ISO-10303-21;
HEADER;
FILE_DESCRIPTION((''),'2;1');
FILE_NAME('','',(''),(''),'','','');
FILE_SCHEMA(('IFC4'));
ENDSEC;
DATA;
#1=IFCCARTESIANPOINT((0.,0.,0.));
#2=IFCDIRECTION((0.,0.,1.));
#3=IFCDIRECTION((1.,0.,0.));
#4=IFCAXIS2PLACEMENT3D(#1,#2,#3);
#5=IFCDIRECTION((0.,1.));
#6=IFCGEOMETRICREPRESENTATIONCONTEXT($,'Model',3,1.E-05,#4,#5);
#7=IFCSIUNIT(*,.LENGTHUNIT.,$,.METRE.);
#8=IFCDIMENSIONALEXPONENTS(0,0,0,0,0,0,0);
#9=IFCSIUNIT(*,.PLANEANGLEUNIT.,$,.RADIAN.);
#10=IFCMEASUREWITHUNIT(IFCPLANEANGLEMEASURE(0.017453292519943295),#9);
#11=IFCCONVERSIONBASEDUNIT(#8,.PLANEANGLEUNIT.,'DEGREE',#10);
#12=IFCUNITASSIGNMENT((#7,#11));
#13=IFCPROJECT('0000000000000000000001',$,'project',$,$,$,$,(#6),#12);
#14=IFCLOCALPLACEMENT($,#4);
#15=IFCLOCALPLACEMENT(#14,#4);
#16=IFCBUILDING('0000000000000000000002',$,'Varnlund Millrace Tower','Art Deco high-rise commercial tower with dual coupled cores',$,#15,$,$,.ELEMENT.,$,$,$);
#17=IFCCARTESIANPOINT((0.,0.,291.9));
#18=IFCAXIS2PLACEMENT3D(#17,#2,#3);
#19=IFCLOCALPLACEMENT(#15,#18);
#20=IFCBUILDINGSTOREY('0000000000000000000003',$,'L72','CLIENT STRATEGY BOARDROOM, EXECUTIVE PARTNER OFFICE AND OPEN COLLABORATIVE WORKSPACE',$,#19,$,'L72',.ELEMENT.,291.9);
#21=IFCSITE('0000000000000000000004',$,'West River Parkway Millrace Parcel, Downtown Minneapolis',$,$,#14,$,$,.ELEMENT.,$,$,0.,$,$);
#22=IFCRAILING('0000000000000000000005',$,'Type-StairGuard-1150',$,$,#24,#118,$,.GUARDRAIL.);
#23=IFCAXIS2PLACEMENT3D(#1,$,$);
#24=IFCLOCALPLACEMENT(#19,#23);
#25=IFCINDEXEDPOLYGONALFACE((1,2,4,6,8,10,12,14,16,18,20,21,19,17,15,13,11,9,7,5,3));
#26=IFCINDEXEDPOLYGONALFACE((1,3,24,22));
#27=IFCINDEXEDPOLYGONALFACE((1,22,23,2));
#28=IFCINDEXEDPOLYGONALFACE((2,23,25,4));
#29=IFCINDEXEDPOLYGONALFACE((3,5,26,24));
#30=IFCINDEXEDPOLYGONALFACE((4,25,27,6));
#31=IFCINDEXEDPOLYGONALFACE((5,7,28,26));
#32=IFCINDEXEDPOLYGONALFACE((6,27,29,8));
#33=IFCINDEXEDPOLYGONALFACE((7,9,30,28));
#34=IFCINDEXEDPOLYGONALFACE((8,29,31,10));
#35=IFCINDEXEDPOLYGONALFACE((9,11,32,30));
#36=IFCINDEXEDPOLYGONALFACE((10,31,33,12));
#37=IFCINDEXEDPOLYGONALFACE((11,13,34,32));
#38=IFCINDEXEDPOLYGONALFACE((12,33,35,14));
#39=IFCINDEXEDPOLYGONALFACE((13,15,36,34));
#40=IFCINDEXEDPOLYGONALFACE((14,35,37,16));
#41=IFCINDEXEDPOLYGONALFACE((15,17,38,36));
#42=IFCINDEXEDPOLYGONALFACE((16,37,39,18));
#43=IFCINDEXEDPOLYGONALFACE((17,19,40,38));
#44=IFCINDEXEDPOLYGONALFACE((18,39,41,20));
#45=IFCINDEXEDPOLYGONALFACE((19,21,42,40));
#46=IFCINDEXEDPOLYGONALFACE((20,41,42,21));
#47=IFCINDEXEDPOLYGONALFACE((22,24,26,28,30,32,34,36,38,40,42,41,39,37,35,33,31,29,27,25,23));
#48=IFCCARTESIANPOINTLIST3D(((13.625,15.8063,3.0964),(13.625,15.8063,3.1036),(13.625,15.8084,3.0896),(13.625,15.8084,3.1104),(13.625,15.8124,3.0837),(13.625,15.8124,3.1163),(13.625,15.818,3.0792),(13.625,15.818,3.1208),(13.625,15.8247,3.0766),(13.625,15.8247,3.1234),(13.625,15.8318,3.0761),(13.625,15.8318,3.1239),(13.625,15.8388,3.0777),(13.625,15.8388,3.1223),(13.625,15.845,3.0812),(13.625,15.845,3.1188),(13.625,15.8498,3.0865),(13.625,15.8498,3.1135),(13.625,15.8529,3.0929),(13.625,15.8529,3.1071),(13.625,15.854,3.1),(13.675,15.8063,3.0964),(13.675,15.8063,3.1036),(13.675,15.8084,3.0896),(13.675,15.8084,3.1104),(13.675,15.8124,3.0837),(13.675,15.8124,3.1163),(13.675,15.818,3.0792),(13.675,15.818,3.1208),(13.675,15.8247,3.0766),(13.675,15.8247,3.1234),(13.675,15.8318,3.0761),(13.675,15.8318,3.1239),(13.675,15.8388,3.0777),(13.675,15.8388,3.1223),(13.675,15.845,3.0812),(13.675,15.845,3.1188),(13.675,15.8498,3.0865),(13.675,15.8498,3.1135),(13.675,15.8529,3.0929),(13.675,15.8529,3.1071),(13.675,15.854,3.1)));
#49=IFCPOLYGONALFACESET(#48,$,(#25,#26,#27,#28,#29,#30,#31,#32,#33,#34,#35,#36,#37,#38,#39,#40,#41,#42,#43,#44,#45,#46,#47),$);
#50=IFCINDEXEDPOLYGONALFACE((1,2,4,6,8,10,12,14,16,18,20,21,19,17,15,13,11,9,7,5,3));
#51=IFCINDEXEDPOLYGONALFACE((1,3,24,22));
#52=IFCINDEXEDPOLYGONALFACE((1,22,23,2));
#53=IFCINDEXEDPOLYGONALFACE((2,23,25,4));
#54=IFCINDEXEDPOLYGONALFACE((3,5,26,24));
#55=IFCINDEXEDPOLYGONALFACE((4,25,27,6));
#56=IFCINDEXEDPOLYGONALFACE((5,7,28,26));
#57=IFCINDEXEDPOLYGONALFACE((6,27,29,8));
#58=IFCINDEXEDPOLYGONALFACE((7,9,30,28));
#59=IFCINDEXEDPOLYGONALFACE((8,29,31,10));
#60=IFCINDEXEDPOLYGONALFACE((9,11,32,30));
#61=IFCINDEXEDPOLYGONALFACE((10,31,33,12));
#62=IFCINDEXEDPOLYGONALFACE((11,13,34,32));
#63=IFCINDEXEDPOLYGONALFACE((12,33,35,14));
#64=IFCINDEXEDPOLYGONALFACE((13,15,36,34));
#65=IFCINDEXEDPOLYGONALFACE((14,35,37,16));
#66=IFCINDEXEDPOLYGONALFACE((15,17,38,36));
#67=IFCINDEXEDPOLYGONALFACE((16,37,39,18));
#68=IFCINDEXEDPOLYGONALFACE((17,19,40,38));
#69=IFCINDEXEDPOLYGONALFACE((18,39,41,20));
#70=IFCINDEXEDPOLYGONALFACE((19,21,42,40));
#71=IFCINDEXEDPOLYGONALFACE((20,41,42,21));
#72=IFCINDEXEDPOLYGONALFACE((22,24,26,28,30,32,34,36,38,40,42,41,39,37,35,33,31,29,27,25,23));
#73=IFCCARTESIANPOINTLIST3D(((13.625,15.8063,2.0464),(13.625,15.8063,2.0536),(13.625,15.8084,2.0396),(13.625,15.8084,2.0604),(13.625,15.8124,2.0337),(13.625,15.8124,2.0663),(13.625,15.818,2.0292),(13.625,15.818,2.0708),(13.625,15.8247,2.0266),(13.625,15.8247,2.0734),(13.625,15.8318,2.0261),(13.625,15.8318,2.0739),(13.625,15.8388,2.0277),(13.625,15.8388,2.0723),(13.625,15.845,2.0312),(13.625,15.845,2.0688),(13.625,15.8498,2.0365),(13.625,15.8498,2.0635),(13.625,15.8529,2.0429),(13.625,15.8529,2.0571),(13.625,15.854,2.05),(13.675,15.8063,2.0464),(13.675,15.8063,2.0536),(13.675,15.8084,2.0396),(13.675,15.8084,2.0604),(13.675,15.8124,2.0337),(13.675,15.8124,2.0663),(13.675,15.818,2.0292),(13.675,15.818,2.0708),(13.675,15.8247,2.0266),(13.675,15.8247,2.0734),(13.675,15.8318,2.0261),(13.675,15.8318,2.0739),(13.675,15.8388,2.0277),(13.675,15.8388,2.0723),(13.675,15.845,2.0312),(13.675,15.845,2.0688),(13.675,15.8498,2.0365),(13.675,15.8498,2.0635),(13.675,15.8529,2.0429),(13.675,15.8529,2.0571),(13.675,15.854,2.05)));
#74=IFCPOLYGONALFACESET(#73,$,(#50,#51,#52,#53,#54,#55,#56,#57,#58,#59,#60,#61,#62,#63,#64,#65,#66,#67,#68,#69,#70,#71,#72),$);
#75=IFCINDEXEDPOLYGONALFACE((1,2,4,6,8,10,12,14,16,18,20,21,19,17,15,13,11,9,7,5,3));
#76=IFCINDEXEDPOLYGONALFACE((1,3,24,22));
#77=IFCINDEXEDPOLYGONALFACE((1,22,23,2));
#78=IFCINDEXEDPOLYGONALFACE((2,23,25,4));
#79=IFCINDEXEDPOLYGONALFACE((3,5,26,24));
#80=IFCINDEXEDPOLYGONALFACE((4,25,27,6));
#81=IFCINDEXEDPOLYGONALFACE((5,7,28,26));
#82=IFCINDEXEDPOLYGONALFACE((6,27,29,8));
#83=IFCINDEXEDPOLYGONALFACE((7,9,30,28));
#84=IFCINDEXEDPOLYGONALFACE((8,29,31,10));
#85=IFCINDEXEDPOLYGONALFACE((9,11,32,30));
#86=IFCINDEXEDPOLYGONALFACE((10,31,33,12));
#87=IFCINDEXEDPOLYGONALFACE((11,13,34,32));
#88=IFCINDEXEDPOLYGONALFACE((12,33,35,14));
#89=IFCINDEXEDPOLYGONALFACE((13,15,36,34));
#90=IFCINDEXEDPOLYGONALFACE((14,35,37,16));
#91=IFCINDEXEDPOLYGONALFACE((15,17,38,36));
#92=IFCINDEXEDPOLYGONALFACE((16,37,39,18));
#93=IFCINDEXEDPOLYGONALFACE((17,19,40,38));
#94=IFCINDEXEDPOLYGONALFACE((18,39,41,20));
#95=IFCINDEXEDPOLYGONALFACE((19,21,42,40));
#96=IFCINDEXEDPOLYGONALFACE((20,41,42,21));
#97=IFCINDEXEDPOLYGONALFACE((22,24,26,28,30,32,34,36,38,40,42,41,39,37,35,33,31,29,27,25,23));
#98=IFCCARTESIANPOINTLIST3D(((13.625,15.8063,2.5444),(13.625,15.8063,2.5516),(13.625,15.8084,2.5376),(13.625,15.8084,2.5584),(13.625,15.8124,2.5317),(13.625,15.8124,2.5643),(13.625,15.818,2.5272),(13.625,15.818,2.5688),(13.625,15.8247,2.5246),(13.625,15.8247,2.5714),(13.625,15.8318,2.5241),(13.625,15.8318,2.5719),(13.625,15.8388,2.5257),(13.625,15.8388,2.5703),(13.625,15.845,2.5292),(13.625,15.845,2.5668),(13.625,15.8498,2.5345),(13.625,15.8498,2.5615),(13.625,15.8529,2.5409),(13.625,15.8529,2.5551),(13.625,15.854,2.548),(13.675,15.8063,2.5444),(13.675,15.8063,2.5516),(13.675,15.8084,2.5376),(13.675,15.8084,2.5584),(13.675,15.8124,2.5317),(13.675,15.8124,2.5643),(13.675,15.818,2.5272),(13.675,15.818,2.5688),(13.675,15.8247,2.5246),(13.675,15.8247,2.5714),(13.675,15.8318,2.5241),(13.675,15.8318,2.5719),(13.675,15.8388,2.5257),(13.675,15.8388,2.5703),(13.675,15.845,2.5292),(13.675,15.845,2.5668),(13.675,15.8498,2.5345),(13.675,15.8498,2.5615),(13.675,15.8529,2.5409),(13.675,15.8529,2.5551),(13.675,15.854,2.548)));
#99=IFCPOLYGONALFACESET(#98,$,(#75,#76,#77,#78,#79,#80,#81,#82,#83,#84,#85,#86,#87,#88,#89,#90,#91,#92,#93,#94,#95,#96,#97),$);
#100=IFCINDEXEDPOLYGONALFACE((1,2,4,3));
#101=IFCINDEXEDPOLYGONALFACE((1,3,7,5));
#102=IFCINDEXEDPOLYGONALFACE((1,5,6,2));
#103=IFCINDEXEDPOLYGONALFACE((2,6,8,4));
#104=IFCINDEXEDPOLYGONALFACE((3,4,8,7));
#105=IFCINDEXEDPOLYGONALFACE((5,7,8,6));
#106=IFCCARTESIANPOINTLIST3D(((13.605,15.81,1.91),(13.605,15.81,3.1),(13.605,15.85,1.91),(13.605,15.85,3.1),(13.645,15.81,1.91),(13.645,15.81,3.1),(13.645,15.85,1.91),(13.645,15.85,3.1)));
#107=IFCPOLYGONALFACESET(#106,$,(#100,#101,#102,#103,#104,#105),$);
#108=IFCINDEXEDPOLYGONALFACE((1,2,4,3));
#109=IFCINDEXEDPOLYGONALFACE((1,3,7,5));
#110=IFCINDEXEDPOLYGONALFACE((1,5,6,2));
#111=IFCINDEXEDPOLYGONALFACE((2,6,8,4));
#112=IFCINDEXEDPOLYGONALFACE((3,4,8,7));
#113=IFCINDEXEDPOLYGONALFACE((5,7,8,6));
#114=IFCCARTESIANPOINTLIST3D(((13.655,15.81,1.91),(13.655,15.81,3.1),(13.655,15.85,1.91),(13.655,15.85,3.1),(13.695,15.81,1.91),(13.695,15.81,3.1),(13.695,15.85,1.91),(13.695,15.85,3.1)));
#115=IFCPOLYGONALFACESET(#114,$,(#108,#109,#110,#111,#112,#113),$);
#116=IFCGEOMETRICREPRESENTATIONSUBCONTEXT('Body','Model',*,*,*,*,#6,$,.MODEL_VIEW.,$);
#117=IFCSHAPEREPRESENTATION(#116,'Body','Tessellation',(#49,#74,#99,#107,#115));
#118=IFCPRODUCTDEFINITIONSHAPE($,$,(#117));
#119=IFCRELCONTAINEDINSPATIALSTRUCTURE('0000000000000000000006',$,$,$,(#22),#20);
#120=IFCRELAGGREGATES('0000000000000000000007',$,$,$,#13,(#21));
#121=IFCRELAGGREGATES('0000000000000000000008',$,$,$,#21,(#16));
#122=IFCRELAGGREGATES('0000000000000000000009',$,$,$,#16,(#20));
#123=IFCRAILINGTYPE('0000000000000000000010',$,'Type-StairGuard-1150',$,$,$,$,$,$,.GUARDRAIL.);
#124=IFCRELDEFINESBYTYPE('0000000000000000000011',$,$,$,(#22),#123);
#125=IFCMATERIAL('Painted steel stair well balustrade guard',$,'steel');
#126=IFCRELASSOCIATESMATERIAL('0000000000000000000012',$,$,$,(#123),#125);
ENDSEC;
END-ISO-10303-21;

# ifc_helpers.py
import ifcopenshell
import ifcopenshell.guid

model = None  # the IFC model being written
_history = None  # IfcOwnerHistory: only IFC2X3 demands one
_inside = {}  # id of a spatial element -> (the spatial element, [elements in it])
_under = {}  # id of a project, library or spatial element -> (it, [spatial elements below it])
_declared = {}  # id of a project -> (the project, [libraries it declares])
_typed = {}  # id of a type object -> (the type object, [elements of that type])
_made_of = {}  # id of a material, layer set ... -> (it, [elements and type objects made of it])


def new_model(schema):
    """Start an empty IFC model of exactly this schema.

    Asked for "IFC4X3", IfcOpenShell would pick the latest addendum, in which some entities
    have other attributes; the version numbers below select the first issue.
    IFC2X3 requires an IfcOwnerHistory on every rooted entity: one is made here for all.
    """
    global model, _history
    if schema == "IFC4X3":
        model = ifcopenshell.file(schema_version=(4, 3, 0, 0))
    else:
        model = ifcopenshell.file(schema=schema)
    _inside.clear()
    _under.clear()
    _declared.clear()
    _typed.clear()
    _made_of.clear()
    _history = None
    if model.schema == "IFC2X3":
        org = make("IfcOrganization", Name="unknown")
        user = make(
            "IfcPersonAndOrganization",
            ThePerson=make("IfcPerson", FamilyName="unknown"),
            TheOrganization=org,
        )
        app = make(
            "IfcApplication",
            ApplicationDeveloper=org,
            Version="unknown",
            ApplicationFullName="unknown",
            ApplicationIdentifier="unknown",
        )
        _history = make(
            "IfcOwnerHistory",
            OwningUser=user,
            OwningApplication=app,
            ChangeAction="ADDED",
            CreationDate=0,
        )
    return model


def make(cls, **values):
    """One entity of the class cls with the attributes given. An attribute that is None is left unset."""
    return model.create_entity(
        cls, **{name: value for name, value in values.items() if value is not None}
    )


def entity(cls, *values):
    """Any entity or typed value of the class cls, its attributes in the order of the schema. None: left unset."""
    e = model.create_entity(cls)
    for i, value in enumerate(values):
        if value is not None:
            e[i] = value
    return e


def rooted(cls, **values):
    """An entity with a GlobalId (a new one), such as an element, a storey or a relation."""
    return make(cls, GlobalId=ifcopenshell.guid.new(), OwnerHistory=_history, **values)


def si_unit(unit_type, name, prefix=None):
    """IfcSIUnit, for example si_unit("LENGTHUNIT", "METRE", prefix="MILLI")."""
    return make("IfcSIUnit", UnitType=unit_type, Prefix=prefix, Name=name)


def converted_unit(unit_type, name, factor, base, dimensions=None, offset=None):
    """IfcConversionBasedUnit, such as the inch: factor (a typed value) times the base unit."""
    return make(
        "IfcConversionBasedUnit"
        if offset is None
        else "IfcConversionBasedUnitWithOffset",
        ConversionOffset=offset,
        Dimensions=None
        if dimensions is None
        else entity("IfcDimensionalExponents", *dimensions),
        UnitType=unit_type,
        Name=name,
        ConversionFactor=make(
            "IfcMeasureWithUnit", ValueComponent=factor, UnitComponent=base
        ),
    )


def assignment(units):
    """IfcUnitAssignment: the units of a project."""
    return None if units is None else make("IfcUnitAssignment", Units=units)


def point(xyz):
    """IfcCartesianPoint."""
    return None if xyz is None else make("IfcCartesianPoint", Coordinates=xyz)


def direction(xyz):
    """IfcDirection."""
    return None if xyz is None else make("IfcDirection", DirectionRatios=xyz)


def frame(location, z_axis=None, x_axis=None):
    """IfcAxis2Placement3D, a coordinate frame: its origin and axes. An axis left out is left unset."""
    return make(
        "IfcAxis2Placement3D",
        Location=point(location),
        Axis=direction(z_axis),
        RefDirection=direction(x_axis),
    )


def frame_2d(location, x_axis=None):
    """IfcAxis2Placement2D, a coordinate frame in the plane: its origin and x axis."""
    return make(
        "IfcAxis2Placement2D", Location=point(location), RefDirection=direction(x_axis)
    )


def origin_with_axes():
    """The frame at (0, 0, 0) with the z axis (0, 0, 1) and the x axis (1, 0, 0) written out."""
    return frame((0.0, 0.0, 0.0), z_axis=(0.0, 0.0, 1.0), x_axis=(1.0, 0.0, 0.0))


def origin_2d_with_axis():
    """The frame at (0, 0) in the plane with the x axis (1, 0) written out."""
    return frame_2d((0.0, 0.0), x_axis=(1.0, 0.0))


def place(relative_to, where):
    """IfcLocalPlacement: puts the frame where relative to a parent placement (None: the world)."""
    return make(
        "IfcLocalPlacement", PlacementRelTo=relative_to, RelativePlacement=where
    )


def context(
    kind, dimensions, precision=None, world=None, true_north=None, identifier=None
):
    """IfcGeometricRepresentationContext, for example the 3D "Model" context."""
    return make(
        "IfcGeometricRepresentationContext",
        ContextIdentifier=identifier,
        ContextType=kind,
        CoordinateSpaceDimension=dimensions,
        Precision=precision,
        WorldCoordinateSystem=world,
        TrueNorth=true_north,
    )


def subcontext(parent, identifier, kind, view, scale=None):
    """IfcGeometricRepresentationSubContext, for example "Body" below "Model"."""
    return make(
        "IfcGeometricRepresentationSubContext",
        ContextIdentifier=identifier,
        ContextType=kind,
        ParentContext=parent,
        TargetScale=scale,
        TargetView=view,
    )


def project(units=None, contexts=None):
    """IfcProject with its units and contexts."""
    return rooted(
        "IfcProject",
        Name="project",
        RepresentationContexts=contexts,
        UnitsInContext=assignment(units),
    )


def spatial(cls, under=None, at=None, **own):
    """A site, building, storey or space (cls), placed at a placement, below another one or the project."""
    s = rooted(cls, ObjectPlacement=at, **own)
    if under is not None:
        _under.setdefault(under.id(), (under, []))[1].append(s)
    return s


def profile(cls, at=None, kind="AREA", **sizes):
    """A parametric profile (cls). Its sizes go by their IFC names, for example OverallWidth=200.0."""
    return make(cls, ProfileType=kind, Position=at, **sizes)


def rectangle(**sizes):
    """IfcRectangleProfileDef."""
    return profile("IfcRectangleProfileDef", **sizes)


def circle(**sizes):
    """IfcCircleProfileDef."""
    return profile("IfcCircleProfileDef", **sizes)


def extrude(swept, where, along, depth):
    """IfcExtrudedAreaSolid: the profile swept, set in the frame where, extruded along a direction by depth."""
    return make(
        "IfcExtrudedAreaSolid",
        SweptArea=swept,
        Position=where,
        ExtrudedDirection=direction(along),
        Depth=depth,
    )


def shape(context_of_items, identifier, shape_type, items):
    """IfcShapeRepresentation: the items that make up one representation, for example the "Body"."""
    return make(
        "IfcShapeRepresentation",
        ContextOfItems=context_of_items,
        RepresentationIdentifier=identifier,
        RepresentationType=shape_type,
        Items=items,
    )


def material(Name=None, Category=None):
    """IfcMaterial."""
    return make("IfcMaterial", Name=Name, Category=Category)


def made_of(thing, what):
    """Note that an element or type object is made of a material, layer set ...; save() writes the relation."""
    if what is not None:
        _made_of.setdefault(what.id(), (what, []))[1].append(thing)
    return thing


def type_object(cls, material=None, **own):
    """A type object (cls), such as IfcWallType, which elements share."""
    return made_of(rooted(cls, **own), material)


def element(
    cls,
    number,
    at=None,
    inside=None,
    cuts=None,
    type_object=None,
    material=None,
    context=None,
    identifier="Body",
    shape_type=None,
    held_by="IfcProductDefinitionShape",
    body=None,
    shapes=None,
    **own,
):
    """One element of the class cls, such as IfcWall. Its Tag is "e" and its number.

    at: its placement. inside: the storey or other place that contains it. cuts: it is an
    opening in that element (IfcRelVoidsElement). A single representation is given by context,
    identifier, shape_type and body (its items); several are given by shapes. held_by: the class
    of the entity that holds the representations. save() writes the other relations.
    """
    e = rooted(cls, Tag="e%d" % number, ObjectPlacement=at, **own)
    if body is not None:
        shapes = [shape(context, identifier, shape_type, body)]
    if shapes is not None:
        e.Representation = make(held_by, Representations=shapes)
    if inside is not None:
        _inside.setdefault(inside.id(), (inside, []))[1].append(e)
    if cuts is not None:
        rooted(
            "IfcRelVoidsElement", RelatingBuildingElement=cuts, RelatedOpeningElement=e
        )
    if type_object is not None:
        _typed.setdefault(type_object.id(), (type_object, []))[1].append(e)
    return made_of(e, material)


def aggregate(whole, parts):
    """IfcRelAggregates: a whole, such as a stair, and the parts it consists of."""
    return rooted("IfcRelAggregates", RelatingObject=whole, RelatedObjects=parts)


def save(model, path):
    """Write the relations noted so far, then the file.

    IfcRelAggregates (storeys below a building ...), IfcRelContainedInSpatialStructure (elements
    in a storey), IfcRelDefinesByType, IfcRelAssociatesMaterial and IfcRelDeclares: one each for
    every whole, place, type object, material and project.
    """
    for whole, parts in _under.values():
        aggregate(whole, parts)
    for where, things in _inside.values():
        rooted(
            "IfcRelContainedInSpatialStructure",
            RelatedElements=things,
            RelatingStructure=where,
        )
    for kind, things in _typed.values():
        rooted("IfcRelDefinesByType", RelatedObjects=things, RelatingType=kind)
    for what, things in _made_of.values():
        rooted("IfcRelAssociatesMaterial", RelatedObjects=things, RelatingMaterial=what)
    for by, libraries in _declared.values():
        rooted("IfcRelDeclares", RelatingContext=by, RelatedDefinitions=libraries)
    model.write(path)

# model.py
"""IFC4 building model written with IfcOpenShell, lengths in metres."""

from ifc_helpers import new_model, entity, si_unit, converted_unit, direction, frame, origin_with_axes, origin_2d_with_axis, place, context, subcontext, project, spatial, rectangle, circle, extrude, material, type_object, element, save


model = new_model("IFC4")

# Units and contexts
model_context = context("Model", 3, precision=1e-05, world=origin_with_axes(), true_north=direction((0.0, 1.0)))
body_context = subcontext(model_context, "Body", "Model", "MODEL_VIEW")
ifc_project = project(units=[si_unit("LENGTHUNIT", "METRE"), converted_unit("PLANEANGLEUNIT", "DEGREE", entity("IfcPlaneAngleMeasure", 0.017453292519943295), si_unit("PLANEANGLEUNIT", "RADIAN"), dimensions=[0, 0, 0, 0, 0, 0, 0])], contexts=[model_context])

# Site, building, storey
site_placement = place(None, origin_with_axes())
site = spatial("IfcSite", under=ifc_project, at=site_placement, Name="West River Parkway Millrace Parcel, Downtown Minneapolis", CompositionType="ELEMENT", RefElevation=0.0)
building_placement = place(site_placement, origin_with_axes())
building = spatial("IfcBuilding", under=site, at=building_placement, Name="Varnlund Millrace Tower", Description="Art Deco high-rise commercial tower with dual coupled cores", CompositionType="ELEMENT")
storey_placement = place(building_placement, frame((0.0, 0.0, 291.9), z_axis=(0.0, 0.0, 1.0), x_axis=(1.0, 0.0, 0.0)))
storey = spatial("IfcBuildingStorey", under=building, at=storey_placement, Name="L72", Description="CLIENT STRATEGY BOARDROOM, EXECUTIVE PARTNER OFFICE AND OPEN COLLABORATIVE WORKSPACE", LongName="L72", CompositionType="ELEMENT", Elevation=291.9)

# Railing
ifc_material_1 = material(Name="Painted steel stair well balustrade guard", Category="steel")
railing_type_1 = type_object("IfcRailingType", Name="Type-StairGuard-1150", PredefinedType="GUARDRAIL", material=ifc_material_1)
railing_1_placement = place(storey_placement, frame((0.0, 0.0, -291.9), z_axis=(0.0, 0.0, 1.0), x_axis=(1.0, 0.0, 0.0)))
element("IfcRailing", 1, at=railing_1_placement, inside=storey, type_object=railing_type_1, Name="Type-StairGuard-1150", PredefinedType="GUARDRAIL", context=body_context, shape_type="SweptSolid", body=[
    extrude(circle(Radius=0.024, at=origin_2d_with_axis()), frame((13.625, 15.83, 295.0), z_axis=(1.0, 0.0, 0.0), x_axis=(0.0, 1.0, 0.0)), (0.0, 0.0, 1.0), 0.05),
    extrude(circle(Radius=0.024, at=origin_2d_with_axis()), frame((13.625, 15.83, 293.95), z_axis=(1.0, 0.0, 0.0), x_axis=(0.0, 1.0, 0.0)), (0.0, 0.0, 1.0), 0.05),
    extrude(circle(Radius=0.024, at=origin_2d_with_axis()), frame((13.625, 15.83, 294.448), z_axis=(1.0, 0.0, 0.0), x_axis=(0.0, 1.0, 0.0)), (0.0, 0.0, 1.0), 0.05),
    extrude(rectangle(XDim=0.04, YDim=0.04, at=origin_2d_with_axis()), frame((13.625, 15.83, 293.81), z_axis=(0.0, 0.0, 1.0), x_axis=(1.0, 0.0, 0.0)), (0.0, 0.0, 1.0), 1.19),
    extrude(rectangle(XDim=0.04, YDim=0.04, at=origin_2d_with_axis()), frame((13.675, 15.83, 293.81), z_axis=(0.0, 0.0, 1.0), x_axis=(1.0, 0.0, 0.0)), (0.0, 0.0, 1.0), 1.19),
])

save(model, "model.ifc")
